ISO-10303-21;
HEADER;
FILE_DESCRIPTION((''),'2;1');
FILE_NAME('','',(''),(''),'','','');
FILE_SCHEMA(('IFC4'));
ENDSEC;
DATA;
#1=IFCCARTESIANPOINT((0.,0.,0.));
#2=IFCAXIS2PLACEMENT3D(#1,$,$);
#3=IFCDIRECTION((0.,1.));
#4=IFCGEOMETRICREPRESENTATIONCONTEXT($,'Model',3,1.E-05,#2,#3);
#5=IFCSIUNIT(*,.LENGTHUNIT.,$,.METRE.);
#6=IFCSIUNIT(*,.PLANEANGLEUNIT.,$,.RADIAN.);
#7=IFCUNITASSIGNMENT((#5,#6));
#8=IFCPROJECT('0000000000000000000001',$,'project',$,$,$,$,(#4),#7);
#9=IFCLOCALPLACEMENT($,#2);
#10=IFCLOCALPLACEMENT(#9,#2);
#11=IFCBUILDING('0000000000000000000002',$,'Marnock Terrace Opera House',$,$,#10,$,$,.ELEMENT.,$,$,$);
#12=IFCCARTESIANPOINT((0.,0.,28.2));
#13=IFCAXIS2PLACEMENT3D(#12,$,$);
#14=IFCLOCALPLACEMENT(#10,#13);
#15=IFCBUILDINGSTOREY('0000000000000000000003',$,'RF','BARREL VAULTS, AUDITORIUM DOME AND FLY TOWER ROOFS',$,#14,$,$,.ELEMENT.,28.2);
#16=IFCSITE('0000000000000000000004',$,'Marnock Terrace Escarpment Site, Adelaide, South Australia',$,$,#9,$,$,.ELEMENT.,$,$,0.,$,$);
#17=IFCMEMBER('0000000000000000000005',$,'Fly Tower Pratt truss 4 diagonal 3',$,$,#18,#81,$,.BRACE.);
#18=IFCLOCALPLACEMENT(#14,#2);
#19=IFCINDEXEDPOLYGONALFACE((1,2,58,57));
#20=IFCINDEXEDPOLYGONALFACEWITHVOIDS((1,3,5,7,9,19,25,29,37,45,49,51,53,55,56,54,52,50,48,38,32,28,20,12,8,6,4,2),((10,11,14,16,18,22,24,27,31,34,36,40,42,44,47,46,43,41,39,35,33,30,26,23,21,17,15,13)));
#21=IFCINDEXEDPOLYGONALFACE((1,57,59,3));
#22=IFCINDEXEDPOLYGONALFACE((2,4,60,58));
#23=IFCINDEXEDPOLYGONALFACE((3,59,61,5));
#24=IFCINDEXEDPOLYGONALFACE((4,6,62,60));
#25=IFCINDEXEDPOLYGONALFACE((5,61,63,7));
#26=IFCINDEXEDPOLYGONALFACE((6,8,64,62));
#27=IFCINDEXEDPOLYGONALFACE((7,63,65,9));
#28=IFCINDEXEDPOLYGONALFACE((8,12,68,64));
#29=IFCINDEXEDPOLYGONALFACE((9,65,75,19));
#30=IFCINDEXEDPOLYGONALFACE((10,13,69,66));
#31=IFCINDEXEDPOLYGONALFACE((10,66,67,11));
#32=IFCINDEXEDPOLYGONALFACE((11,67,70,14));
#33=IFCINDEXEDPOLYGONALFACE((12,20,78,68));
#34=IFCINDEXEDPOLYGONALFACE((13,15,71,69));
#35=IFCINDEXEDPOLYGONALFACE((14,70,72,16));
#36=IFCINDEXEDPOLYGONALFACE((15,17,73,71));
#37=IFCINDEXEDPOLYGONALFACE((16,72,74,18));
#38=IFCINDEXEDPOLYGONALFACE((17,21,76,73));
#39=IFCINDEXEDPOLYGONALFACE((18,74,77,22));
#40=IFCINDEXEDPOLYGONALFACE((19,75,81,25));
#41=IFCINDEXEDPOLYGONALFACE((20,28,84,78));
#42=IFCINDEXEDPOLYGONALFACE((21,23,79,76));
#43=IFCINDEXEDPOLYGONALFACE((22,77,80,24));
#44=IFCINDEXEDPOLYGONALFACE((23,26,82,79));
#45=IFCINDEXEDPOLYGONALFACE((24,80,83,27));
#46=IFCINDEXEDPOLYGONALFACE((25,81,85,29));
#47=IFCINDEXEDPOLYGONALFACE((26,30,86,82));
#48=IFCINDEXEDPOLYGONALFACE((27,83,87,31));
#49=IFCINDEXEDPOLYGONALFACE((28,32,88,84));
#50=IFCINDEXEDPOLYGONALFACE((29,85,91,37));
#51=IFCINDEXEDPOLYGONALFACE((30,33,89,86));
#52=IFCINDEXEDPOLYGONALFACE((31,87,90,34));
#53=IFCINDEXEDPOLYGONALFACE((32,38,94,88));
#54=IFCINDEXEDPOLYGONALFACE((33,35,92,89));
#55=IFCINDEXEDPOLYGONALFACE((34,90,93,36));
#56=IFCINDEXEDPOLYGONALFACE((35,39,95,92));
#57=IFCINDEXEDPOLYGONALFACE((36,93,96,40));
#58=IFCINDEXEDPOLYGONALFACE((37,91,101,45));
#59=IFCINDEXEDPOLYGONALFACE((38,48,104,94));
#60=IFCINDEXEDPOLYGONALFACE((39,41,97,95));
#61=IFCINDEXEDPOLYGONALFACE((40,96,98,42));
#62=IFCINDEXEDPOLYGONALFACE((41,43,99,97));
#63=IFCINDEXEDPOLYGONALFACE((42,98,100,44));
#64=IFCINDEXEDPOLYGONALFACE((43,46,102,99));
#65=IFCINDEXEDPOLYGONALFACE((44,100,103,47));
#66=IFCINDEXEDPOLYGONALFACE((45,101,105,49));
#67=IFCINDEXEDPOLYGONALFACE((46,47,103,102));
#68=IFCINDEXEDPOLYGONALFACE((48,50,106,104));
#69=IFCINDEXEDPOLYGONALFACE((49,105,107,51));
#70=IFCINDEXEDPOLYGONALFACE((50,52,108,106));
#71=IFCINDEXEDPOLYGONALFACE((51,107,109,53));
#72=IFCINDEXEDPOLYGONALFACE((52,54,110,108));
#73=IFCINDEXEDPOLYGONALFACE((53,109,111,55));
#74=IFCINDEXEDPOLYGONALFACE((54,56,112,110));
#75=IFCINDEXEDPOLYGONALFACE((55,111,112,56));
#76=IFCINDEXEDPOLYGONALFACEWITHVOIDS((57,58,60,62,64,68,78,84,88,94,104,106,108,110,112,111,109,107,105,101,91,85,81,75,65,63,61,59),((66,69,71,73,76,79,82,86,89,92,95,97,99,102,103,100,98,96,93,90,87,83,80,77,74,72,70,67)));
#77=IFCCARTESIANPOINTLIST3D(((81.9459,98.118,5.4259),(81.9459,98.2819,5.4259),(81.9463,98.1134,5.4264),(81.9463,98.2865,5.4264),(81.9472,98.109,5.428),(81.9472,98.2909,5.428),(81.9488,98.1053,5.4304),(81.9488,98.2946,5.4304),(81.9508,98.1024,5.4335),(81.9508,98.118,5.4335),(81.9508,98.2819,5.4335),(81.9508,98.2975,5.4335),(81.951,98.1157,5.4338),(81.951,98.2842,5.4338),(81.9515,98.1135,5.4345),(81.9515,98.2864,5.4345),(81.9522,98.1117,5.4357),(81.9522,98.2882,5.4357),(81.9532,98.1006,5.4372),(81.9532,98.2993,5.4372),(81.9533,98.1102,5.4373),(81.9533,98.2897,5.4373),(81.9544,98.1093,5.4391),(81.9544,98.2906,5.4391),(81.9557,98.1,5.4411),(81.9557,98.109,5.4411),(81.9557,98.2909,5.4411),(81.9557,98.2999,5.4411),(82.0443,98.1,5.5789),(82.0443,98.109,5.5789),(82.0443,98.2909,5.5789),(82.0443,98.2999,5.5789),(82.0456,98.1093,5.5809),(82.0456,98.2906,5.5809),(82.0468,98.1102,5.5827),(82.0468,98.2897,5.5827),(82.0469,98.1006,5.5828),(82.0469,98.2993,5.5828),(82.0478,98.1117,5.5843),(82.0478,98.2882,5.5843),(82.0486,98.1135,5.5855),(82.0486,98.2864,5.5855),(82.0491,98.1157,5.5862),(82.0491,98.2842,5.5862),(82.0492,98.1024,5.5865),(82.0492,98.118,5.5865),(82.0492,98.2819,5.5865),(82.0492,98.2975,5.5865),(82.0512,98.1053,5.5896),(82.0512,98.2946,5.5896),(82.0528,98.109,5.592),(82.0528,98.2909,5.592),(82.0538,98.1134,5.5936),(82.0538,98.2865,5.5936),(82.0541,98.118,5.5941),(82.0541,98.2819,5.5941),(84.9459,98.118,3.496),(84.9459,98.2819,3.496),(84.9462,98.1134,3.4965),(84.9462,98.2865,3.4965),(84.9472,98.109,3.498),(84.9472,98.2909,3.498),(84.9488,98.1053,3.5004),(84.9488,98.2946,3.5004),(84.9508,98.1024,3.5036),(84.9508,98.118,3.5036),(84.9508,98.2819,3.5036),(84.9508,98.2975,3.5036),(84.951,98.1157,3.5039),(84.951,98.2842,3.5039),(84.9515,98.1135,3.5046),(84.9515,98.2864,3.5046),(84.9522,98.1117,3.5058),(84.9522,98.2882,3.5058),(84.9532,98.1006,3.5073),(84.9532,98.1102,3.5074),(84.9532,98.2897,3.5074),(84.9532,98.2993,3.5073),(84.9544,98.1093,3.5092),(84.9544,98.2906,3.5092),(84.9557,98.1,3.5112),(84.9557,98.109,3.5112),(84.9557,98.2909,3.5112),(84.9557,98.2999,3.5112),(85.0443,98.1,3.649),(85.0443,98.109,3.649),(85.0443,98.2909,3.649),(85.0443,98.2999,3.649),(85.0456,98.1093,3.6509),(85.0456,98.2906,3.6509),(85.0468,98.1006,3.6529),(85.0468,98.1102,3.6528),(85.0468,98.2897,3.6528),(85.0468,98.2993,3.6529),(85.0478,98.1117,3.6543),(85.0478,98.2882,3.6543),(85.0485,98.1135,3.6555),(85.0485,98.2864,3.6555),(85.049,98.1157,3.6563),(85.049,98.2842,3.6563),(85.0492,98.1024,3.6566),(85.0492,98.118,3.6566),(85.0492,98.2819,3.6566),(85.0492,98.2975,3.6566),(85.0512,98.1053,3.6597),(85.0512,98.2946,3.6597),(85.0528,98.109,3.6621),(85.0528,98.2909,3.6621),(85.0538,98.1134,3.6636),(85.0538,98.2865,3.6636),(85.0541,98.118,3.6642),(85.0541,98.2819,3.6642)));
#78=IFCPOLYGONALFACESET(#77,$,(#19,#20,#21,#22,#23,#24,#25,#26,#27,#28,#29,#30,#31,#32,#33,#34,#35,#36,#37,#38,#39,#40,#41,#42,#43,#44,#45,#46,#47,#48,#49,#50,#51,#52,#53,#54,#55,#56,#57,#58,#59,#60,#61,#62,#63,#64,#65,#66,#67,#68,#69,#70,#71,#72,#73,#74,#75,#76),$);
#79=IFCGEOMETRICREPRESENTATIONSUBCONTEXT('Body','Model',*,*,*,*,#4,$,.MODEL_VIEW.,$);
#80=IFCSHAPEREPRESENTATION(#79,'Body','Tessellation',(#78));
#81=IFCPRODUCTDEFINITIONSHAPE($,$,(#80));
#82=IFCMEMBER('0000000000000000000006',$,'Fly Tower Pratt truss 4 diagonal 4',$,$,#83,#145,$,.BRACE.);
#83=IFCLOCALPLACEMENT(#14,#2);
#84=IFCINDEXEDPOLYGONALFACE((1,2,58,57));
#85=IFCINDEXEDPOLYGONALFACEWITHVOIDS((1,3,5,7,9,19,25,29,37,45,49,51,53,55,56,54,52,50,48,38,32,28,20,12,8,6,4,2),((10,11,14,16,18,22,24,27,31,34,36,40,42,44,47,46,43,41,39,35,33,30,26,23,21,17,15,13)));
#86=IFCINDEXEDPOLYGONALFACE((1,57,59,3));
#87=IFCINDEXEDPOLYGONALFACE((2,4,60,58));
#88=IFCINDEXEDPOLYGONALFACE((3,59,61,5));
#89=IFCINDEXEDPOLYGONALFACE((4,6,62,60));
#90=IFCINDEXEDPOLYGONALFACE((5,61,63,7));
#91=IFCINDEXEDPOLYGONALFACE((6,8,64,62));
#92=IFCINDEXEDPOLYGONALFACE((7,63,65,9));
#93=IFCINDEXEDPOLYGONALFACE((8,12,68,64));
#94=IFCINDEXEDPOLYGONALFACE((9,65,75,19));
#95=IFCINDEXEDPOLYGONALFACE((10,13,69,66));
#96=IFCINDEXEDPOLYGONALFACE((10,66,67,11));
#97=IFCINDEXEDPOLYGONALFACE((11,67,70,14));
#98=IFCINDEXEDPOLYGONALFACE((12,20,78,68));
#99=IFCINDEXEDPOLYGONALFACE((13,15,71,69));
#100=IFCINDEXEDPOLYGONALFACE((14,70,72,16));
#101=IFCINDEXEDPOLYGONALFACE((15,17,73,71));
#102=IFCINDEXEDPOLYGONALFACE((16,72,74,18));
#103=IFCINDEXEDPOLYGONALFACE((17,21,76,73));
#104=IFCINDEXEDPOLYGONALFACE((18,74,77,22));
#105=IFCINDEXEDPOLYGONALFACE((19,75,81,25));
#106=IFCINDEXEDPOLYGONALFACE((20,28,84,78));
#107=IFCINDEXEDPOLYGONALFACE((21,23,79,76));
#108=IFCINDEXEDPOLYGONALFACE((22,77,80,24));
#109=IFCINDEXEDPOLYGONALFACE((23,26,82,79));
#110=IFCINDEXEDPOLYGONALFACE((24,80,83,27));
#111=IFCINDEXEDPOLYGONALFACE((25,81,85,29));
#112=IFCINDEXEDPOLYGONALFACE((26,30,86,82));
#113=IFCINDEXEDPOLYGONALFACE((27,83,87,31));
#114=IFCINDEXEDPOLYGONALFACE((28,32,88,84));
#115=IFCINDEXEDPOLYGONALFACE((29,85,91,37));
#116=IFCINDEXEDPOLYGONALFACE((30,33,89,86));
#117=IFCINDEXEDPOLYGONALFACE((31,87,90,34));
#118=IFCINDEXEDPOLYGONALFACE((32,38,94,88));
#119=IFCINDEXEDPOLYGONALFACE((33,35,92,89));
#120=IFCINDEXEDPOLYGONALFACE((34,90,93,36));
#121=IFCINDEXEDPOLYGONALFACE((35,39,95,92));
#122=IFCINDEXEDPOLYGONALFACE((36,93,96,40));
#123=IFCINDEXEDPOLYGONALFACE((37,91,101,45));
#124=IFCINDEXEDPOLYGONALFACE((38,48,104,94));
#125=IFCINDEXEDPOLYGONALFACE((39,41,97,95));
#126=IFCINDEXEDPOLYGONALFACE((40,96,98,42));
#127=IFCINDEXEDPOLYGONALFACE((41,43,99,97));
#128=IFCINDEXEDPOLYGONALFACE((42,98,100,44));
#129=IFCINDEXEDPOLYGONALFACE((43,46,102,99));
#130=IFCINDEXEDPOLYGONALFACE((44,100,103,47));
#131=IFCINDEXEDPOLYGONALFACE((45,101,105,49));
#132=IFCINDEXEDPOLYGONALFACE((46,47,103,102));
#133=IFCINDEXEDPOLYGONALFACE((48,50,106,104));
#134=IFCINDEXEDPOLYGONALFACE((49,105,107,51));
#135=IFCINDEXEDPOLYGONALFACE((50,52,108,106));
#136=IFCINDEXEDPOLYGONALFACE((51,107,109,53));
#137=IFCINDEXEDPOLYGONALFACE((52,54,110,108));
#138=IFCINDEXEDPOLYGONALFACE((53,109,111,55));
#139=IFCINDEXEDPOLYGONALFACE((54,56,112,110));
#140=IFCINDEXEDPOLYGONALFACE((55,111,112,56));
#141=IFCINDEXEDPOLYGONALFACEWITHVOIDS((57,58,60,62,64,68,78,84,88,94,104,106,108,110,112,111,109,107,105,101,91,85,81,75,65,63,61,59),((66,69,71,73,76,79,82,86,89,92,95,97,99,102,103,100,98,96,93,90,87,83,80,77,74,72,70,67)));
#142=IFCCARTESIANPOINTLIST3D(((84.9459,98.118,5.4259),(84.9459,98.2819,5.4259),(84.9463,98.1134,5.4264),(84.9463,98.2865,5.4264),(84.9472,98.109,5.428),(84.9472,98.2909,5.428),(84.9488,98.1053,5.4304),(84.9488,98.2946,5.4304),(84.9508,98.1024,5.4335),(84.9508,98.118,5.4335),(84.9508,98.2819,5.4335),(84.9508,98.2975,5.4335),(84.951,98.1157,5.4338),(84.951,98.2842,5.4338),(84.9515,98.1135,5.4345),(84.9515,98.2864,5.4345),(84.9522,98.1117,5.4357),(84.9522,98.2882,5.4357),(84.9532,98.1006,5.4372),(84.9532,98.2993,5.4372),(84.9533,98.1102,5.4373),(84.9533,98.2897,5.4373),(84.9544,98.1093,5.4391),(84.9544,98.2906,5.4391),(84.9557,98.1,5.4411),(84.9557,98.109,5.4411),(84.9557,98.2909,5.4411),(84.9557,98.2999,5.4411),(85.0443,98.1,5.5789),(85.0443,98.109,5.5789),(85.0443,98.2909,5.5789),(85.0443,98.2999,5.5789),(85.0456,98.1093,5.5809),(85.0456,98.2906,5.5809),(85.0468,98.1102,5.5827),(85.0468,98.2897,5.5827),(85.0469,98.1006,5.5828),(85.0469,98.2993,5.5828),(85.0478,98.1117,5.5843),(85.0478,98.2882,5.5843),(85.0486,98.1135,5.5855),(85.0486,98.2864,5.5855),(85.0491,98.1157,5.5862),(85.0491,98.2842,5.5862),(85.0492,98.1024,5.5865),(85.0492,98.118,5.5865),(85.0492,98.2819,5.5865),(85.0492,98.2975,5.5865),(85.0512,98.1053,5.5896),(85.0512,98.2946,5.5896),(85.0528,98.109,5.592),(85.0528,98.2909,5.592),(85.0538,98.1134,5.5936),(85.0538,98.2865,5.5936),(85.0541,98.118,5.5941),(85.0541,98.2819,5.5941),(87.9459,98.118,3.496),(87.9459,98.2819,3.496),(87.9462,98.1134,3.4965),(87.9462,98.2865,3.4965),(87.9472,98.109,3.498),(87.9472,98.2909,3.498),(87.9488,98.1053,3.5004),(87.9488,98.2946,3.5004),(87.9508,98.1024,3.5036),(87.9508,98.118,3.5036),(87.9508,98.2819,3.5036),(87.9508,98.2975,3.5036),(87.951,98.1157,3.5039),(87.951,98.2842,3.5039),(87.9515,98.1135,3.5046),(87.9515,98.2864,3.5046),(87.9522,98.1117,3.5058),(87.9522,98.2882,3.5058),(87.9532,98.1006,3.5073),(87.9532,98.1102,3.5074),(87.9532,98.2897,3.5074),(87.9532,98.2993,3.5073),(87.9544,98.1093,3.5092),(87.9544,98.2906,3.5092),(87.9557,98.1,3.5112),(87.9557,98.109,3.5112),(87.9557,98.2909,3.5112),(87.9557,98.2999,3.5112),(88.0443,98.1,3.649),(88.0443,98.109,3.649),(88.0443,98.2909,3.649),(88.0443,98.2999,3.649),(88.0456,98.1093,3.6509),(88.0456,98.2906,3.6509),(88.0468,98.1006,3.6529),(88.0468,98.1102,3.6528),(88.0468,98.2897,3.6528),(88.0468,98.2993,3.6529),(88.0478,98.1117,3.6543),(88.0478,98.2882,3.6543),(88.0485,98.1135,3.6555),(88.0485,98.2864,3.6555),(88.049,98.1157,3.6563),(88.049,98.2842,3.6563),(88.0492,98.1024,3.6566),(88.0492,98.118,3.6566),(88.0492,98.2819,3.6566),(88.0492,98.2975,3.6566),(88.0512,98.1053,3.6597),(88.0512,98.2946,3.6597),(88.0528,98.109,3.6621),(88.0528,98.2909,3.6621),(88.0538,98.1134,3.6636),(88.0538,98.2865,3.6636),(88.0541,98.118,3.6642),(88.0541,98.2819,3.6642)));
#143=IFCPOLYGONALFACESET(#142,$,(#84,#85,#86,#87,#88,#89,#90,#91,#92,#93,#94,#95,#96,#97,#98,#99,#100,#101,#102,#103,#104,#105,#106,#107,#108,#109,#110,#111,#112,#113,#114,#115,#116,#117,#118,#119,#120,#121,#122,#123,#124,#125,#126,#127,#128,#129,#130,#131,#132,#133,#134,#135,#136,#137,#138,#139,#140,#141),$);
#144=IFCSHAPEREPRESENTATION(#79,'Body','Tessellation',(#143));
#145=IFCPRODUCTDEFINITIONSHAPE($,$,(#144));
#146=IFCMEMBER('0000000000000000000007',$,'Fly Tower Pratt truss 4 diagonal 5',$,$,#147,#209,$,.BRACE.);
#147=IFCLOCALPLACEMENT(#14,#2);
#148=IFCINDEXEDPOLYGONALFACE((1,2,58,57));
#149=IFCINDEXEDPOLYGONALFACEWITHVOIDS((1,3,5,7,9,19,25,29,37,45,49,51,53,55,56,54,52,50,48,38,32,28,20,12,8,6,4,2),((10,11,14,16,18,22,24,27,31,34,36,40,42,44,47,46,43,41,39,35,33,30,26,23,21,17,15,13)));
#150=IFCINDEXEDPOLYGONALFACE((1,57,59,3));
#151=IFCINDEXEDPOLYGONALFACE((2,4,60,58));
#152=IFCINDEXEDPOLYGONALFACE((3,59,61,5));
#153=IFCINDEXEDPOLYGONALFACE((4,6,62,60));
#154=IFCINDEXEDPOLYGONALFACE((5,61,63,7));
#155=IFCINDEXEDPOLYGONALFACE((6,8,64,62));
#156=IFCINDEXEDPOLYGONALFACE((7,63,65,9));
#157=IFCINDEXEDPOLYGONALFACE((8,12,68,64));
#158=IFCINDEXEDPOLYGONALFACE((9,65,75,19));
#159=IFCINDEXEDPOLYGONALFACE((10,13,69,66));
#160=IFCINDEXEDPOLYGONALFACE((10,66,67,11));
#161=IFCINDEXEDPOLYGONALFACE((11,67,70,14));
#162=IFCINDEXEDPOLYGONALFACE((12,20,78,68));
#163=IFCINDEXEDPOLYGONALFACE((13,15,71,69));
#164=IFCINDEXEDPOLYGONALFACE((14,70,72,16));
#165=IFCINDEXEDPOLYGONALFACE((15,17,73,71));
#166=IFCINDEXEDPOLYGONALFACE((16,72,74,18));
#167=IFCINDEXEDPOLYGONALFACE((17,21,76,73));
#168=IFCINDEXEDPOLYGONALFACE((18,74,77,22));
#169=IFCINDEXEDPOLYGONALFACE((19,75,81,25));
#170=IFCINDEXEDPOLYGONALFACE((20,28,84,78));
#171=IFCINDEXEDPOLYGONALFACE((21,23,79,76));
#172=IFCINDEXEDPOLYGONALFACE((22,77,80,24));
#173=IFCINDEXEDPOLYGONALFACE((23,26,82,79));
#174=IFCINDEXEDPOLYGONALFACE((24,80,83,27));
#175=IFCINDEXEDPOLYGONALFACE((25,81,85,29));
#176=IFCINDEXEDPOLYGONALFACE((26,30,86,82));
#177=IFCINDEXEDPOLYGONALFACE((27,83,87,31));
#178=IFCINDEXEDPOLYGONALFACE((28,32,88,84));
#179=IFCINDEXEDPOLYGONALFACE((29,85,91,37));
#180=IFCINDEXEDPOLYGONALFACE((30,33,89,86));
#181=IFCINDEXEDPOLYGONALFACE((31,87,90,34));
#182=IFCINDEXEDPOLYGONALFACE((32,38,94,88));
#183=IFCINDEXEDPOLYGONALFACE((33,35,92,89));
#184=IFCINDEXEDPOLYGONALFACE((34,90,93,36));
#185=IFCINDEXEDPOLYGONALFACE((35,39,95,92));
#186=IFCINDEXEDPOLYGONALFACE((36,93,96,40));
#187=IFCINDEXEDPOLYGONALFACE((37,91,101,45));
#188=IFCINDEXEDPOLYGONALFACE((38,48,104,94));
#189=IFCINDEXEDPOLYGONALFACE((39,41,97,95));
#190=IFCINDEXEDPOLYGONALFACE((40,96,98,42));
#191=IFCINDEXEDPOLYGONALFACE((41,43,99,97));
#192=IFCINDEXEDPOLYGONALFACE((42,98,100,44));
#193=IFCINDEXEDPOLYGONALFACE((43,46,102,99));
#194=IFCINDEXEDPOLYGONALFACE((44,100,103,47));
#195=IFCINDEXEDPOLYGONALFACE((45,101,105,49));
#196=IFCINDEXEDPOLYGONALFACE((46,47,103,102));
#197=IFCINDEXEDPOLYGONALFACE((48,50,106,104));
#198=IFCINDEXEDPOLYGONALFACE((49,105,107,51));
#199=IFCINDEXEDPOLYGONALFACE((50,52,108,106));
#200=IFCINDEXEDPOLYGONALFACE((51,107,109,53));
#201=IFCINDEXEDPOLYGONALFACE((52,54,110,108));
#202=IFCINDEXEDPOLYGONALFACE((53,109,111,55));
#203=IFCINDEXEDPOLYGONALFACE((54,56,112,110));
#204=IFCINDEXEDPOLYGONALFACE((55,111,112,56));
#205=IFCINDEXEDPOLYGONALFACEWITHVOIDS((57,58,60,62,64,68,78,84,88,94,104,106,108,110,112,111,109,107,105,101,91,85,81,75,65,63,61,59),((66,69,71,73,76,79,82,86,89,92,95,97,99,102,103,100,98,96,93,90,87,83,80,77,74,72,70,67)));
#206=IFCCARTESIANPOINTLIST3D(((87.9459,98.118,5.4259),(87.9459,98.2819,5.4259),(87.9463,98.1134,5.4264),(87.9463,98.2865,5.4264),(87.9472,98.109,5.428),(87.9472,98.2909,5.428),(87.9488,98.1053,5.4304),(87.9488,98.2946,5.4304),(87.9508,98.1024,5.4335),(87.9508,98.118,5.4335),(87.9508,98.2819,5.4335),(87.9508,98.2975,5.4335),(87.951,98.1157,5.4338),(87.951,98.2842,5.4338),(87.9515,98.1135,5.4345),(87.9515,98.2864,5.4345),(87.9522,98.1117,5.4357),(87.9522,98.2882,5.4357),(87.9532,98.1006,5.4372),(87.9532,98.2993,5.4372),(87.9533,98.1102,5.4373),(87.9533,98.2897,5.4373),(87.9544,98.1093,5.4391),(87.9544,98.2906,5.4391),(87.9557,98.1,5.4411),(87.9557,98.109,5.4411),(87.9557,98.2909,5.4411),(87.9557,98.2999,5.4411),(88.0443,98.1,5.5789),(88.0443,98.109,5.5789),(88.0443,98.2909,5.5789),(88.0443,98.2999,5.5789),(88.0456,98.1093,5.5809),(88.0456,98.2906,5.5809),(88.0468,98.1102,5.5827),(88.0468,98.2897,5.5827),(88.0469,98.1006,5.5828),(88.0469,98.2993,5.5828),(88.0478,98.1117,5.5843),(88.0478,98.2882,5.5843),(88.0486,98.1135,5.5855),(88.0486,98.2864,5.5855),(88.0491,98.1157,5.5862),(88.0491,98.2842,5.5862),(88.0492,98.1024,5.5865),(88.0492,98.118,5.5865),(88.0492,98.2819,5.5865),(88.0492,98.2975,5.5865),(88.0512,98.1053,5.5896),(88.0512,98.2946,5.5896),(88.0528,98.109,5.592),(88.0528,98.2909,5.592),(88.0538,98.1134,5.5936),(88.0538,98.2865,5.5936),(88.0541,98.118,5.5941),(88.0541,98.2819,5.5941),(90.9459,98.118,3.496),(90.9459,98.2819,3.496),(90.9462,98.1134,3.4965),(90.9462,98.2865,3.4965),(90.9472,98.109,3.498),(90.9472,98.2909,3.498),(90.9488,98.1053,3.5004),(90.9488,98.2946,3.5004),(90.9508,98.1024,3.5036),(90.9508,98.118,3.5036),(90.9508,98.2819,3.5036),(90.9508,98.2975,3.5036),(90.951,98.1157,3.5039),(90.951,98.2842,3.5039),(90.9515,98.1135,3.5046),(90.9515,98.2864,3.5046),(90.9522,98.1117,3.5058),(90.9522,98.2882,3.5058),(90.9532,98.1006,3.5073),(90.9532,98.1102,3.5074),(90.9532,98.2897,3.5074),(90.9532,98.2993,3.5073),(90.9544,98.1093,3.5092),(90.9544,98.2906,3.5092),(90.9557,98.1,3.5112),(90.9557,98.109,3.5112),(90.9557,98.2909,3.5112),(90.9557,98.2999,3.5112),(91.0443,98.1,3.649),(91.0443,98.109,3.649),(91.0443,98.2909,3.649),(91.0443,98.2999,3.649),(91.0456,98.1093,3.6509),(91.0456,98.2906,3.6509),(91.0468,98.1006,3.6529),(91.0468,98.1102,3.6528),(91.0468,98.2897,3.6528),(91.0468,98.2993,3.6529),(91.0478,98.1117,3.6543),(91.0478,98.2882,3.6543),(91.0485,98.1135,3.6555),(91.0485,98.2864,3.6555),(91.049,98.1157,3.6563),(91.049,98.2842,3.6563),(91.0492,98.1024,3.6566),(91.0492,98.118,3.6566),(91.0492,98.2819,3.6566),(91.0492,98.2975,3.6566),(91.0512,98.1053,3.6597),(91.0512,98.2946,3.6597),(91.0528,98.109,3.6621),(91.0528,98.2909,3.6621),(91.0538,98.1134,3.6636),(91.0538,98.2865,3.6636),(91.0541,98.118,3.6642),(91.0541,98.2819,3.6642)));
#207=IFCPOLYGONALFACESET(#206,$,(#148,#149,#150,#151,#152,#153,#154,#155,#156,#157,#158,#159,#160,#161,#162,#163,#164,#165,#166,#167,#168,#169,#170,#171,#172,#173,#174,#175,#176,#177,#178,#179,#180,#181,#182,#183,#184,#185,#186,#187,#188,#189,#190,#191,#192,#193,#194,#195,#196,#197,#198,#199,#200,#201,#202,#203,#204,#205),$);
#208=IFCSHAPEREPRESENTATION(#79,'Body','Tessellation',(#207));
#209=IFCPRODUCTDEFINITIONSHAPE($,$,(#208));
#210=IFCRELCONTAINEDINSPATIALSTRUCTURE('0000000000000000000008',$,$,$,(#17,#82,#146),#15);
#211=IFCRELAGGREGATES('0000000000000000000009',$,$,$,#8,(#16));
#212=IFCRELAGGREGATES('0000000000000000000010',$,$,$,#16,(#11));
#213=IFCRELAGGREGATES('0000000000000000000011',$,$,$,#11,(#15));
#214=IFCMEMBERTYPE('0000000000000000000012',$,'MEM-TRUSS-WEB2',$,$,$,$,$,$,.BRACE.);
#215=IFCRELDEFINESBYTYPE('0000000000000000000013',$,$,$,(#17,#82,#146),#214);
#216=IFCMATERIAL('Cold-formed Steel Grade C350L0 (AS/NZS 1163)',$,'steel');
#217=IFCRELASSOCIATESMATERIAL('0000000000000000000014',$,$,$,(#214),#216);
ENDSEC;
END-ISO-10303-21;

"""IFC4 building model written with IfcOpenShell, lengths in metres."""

from ifc_helpers import new_model, si_unit, direction, frame, origin, origin_2d, place, context, subcontext, project, spatial, hollow_rectangle, extrude, material, material_profile, profile_set, type_object, element, save


model = new_model("IFC4")

# Units and contexts
model_context = context("Model", 3, precision=1e-05, world=origin(), true_north=direction((0.0, 1.0)))
body_context = subcontext(model_context, "Body", "Model", "MODEL_VIEW")
ifc_project = project(units=[si_unit("LENGTHUNIT", "METRE"), si_unit("PLANEANGLEUNIT", "RADIAN")], contexts=[model_context])

# Site, building, storey
site_placement = place(None, origin())
site = spatial("IfcSite", under=ifc_project, at=site_placement, Name="Marnock Terrace Escarpment Site, Adelaide, South Australia", CompositionType="ELEMENT", RefElevation=0.0)
building_placement = place(site_placement, origin())
building = spatial("IfcBuilding", under=site, at=building_placement, Name="Marnock Terrace Opera House", CompositionType="ELEMENT")
storey_placement = place(building_placement, frame((0.0, 0.0, 28.2)))
storey = spatial("IfcBuildingStorey", under=building, at=storey_placement, Name="RF", Description="BARREL VAULTS, AUDITORIUM DOME AND FLY TOWER ROOFS", CompositionType="ELEMENT", Elevation=28.2)

# Members
ifc_material_1 = material(Name="Cold-formed Steel Grade C350L0 (AS/NZS 1163)", Category="steel")
ifc_material_profile_1 = material_profile(ifc_material_1, hollow_rectangle(XDim=0.2, YDim=0.2, WallThickness=0.009, InnerFilletRadius=0.009, OuterFilletRadius=0.0181, at=origin_2d()))
ifc_profile_set_1 = profile_set([ifc_material_profile_1], Name="Cold-formed Steel Grade C350L0 (AS/NZS 1163)")
member_type_1 = type_object("IfcMemberType", Name="MEM-TRUSS-WEB2", PredefinedType="BRACE", material=ifc_profile_set_1)
for number, where, z_axis, x_axis, name in (
    (1, (85.0, 98.2, 3.5801), (-0.841005, 0.0, 0.541027), (0.0, -1.0, 0.0), "Fly Tower Pratt truss 4 diagonal 3"),
    (2, (88.0, 98.2, 3.5801), (-0.841005, 0.0, 0.541027), (0.0, -1.0, 0.0), "Fly Tower Pratt truss 4 diagonal 4"),
    (3, (91.0, 98.2, 3.5801), (-0.841005, 0.0, 0.541027), (0.0, -1.0, 0.0), "Fly Tower Pratt truss 4 diagonal 5"),
):
    element("IfcMember", number, at=place(storey_placement, frame(where, z_axis=z_axis, x_axis=x_axis)), inside=storey, type_object=member_type_1, Name=name, PredefinedType="BRACE", context=body_context, shape_type="SweptSolid", body=[
        extrude(hollow_rectangle(XDim=0.2, YDim=0.2, WallThickness=0.009, InnerFilletRadius=0.009, OuterFilletRadius=0.0181, at=origin_2d()), origin(), (0.0, 0.0, 1.0), 3.5671),
    ])

save(model, "model.ifc")
